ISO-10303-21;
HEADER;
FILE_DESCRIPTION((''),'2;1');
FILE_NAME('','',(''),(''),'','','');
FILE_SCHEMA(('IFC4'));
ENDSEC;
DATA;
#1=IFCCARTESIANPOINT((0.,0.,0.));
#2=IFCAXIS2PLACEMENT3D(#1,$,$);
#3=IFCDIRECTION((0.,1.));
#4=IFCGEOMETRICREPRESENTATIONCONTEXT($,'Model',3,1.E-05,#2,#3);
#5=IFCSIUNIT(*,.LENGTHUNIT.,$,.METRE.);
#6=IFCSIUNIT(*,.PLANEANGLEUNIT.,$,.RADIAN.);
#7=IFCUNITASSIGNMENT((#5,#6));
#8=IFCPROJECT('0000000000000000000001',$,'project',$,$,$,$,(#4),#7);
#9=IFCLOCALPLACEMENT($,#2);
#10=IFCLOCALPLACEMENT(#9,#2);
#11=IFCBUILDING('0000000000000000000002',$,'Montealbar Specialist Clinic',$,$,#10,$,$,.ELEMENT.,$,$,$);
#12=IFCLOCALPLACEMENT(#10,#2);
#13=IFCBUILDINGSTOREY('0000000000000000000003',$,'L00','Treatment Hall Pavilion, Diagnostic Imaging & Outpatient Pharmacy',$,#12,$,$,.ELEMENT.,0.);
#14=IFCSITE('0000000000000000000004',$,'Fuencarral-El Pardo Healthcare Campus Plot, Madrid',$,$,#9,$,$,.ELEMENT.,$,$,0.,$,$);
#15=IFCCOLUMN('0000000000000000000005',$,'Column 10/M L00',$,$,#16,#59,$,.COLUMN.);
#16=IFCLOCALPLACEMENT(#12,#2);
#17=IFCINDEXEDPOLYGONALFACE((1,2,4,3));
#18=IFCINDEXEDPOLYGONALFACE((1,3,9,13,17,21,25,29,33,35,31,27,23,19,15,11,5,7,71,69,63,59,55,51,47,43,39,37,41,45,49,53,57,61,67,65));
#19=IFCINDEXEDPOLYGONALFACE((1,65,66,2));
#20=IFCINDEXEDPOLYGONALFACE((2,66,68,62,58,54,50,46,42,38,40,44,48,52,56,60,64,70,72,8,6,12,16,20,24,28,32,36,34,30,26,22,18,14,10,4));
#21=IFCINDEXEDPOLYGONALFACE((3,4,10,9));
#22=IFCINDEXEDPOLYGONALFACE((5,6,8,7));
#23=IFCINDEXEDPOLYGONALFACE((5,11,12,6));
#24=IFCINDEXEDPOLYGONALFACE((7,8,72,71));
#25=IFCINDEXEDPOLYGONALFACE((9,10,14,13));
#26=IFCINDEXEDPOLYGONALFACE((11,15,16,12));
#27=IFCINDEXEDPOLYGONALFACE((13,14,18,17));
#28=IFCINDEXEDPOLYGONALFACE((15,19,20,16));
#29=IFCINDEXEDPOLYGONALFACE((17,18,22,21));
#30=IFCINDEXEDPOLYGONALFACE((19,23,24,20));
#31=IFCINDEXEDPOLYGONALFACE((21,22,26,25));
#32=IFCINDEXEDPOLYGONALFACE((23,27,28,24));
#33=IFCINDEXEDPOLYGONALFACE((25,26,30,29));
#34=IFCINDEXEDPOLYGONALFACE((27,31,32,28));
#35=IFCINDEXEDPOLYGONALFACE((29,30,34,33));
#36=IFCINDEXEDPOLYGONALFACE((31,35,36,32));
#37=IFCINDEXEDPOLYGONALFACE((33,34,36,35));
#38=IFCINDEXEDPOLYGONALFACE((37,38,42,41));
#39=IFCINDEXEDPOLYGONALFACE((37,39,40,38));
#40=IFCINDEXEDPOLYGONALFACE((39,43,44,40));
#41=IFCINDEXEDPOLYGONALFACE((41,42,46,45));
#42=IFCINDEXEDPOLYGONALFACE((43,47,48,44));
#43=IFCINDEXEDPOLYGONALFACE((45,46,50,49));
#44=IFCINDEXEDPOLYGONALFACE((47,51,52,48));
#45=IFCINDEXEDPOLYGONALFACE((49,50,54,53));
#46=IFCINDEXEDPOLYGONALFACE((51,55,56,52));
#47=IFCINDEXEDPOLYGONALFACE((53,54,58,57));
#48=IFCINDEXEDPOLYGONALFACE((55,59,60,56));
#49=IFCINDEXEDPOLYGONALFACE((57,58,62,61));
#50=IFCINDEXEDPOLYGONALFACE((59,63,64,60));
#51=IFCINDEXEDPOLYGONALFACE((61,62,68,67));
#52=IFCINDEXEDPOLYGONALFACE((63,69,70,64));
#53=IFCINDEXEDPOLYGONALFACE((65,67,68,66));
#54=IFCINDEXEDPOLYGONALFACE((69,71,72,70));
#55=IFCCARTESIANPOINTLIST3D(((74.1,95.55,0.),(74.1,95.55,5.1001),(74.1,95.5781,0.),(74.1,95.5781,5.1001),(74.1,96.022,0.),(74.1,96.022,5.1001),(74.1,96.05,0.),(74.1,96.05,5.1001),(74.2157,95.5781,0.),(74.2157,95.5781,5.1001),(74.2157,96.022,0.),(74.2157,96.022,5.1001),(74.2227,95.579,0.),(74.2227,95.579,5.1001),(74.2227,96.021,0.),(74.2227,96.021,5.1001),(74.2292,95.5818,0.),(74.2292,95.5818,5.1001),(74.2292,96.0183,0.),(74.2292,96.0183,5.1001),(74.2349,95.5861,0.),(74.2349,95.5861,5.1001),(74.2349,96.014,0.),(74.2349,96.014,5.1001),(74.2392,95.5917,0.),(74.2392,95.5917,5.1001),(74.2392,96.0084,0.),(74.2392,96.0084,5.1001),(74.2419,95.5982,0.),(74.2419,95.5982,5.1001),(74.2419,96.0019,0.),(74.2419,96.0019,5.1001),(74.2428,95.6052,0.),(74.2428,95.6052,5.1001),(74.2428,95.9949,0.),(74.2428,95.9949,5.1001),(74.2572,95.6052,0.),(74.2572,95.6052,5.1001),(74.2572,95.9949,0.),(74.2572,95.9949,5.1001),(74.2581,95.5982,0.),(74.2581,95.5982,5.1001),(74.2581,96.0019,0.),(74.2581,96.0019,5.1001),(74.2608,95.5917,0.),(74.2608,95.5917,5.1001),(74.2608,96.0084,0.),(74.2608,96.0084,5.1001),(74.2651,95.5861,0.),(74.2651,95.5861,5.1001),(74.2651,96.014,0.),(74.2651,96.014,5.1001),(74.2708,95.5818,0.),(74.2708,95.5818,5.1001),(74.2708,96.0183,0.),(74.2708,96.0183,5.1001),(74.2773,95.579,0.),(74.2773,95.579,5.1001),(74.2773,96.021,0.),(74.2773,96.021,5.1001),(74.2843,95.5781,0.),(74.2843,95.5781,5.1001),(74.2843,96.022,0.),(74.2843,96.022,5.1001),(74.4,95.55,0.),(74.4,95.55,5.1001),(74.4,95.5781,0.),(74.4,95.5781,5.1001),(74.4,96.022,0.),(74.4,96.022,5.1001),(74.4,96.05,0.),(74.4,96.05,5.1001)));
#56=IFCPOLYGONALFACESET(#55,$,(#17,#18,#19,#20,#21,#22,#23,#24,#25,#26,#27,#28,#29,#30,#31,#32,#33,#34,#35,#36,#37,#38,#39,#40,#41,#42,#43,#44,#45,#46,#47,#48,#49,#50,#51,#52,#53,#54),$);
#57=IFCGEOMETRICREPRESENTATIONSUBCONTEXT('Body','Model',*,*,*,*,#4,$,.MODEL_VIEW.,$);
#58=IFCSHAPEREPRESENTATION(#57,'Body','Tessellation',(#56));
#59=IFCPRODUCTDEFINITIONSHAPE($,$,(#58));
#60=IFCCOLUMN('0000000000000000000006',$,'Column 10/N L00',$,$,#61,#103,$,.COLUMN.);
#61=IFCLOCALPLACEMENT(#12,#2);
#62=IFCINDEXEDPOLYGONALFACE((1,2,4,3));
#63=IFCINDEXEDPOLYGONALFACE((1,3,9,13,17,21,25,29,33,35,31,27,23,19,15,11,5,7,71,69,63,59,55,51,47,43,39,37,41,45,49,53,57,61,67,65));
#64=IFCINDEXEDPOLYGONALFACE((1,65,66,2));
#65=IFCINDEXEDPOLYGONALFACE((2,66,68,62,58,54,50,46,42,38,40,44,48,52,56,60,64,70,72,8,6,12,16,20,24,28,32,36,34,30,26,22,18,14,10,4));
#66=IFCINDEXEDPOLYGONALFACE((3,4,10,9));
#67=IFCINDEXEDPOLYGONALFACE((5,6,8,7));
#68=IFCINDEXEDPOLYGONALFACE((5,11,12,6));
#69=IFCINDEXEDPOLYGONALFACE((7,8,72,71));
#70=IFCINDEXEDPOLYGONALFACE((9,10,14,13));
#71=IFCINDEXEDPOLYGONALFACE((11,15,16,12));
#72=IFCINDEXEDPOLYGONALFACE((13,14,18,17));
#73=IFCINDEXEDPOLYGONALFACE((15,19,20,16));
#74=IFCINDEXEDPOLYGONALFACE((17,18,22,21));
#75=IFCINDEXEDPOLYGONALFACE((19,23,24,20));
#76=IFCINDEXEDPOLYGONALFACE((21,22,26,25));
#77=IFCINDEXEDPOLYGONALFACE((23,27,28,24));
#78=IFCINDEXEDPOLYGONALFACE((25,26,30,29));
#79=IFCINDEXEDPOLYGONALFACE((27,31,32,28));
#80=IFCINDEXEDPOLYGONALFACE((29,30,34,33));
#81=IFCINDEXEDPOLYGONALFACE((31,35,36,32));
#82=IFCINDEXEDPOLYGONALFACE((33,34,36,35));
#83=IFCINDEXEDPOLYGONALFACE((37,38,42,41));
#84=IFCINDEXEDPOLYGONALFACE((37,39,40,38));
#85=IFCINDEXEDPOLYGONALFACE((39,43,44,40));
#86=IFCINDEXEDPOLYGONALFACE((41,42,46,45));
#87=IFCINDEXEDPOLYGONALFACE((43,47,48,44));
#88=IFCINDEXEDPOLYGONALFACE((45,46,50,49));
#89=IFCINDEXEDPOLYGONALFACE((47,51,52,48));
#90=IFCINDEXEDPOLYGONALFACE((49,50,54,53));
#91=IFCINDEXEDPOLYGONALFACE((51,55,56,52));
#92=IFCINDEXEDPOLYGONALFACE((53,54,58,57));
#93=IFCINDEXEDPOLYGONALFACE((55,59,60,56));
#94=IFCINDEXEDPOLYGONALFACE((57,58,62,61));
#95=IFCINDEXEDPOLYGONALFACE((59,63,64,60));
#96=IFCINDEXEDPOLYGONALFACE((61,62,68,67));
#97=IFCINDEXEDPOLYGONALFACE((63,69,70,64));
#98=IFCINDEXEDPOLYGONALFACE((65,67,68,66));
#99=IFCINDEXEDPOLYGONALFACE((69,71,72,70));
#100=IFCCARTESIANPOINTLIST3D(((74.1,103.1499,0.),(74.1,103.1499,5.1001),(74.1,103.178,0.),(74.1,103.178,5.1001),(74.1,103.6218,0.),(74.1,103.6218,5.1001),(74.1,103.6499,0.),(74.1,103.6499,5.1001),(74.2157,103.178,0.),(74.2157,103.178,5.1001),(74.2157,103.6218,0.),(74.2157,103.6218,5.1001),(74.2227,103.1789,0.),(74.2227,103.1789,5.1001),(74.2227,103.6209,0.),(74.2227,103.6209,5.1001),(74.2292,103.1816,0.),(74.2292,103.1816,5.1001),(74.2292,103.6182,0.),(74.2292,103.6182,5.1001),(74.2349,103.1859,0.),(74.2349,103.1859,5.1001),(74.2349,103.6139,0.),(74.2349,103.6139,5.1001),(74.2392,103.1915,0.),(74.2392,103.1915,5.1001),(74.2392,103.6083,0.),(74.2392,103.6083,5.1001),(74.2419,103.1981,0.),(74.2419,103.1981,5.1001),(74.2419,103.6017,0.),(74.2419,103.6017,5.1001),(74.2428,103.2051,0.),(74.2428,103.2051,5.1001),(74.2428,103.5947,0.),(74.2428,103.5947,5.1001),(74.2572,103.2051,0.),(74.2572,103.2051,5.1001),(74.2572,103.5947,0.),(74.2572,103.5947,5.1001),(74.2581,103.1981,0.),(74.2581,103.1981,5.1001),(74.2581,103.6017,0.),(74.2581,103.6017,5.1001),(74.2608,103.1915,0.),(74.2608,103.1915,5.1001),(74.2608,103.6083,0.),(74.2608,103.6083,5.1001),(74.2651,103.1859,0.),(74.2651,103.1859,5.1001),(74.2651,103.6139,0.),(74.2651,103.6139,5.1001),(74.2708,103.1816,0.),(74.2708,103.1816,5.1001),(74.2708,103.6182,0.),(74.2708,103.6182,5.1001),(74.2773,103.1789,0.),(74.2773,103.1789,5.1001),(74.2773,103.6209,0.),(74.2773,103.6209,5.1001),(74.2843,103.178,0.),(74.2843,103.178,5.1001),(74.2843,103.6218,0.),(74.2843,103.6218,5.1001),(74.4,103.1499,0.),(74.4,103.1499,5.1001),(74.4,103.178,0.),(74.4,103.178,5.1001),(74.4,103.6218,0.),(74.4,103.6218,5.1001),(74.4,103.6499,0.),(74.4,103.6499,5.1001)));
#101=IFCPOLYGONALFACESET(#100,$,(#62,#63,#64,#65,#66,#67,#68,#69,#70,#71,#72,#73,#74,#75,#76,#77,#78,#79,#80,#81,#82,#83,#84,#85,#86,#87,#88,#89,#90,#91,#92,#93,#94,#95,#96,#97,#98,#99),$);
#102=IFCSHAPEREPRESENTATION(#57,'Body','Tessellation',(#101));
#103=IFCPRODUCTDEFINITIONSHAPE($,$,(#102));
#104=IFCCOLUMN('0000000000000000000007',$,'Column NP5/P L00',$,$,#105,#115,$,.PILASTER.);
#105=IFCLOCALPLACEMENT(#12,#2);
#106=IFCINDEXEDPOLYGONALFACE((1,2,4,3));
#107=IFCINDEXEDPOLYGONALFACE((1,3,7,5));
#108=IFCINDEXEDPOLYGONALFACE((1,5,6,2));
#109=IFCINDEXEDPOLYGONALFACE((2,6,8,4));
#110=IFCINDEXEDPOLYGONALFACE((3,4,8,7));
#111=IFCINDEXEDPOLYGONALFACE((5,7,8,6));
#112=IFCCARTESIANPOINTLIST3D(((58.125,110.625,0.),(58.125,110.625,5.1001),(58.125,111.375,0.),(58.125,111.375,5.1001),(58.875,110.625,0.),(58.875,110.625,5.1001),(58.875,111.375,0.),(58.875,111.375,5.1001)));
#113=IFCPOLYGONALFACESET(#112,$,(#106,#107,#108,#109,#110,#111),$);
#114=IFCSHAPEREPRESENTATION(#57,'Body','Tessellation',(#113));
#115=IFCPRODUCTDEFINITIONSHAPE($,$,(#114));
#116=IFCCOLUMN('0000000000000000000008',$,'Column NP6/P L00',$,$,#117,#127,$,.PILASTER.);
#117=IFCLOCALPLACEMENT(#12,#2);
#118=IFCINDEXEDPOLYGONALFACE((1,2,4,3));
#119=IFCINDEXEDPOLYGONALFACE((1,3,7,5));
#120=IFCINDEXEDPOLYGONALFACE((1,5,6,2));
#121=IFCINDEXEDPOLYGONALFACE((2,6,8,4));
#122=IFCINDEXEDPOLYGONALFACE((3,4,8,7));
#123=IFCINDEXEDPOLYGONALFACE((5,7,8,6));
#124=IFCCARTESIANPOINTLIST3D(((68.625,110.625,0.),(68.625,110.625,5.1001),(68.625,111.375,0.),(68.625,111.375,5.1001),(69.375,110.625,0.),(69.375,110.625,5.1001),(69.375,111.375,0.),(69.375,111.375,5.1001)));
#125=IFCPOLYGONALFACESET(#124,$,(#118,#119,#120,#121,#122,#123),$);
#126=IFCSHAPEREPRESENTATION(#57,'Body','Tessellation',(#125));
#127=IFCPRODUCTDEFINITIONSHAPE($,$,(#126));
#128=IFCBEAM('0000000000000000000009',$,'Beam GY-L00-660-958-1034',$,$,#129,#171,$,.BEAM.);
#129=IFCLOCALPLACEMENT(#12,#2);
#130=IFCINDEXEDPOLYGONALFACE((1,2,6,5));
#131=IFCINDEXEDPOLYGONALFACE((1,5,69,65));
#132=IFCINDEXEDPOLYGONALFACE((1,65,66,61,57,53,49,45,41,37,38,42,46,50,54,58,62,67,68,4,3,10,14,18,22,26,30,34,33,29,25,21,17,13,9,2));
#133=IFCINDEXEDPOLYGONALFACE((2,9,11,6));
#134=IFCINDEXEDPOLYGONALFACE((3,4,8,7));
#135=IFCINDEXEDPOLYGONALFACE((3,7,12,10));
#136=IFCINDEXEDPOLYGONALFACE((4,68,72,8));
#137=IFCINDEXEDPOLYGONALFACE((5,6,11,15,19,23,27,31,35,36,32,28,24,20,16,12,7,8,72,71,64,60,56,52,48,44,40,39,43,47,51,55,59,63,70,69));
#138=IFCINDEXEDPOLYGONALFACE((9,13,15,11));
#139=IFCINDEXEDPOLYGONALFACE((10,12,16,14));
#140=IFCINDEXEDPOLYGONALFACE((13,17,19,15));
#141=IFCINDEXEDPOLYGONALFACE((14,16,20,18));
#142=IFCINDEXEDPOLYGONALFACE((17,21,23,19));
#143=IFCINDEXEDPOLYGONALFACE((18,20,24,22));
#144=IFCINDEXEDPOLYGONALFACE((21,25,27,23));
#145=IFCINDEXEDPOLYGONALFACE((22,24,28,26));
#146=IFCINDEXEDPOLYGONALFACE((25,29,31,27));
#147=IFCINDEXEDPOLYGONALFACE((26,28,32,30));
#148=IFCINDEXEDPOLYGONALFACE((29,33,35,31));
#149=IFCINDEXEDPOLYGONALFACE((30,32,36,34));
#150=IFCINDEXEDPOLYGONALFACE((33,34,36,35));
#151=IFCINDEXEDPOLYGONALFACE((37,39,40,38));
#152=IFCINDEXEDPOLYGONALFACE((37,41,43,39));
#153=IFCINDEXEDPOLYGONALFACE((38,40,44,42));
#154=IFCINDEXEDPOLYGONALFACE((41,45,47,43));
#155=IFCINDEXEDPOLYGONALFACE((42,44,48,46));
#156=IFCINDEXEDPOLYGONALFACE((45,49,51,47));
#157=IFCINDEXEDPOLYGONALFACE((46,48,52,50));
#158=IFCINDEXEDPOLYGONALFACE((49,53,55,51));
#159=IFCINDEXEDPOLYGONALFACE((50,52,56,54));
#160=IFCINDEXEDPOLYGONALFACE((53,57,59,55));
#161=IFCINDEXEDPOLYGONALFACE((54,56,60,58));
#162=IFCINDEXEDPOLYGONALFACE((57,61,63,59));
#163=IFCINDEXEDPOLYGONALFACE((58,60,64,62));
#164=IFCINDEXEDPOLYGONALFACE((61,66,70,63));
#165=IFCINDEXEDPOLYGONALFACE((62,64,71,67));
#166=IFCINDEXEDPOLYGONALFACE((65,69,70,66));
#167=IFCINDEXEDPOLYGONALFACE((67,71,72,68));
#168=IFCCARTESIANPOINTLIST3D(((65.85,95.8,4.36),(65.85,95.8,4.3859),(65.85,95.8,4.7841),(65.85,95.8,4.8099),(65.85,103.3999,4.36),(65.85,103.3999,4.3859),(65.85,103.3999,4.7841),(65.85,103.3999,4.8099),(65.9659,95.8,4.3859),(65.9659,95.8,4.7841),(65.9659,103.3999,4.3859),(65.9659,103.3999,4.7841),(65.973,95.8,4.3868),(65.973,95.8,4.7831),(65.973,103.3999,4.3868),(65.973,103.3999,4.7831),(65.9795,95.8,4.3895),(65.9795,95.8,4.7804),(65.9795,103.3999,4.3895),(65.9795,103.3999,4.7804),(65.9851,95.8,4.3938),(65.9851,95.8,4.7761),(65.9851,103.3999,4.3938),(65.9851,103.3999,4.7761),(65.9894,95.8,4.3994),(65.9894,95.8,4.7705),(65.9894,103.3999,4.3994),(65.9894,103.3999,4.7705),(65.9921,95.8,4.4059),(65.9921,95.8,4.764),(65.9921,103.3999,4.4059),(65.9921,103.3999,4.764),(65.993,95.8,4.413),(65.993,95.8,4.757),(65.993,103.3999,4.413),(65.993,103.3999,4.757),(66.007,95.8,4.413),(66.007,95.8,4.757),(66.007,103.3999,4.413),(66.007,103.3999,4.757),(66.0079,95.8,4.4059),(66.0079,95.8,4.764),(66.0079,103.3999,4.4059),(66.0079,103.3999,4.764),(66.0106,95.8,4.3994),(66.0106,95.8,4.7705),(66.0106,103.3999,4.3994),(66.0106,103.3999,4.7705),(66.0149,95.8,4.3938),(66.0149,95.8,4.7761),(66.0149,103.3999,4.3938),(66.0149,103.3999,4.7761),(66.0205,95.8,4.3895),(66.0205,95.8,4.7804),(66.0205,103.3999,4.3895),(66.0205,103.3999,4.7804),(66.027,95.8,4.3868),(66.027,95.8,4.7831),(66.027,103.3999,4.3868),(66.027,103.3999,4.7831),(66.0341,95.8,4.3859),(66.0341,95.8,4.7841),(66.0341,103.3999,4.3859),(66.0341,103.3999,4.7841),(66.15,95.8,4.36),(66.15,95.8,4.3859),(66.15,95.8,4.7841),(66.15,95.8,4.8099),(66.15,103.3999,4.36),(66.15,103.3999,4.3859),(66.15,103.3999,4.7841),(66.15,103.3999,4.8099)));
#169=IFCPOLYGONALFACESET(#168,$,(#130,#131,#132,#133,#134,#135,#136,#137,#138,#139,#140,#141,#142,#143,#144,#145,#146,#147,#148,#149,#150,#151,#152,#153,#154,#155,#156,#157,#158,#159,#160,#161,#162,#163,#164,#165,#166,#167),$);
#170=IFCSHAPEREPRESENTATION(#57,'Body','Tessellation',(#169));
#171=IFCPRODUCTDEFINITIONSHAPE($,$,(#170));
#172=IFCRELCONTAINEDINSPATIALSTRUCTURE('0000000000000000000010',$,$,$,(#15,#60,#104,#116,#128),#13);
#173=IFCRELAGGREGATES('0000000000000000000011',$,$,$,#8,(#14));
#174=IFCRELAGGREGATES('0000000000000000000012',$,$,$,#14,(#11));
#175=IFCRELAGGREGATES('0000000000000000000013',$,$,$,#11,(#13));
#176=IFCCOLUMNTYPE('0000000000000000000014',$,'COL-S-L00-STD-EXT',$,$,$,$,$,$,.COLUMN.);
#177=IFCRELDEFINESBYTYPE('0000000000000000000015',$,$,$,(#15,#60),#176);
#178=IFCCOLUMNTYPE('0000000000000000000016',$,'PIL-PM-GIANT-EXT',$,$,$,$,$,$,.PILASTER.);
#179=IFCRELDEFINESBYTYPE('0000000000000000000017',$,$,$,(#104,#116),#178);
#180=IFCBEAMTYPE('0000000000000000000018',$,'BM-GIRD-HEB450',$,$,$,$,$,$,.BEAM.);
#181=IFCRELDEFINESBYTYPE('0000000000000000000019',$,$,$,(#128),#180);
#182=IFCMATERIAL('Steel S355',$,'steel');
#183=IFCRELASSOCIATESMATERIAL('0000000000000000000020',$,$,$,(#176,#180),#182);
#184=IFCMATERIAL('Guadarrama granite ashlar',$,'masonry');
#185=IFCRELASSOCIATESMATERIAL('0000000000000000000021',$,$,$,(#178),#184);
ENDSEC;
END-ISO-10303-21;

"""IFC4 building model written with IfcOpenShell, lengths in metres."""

from ifc_helpers import new_model, si_unit, direction, frame, origin, origin_2d, place, context, subcontext, project, spatial, rectangle, i_section, extrude, material, material_profile, profile_set, type_object, element, save


model = new_model("IFC4")

# Units and contexts
model_context = context("Model", 3, precision=1e-05, world=origin(), true_north=direction((0.0, 1.0)))
body_context = subcontext(model_context, "Body", "Model", "MODEL_VIEW")
ifc_project = project(units=[si_unit("LENGTHUNIT", "METRE"), si_unit("PLANEANGLEUNIT", "RADIAN")], contexts=[model_context])

# Site, building, storey
site_placement = place(None, origin())
site = spatial("IfcSite", under=ifc_project, at=site_placement, Name="Fuencarral-El Pardo Healthcare Campus Plot, Madrid", CompositionType="ELEMENT", RefElevation=0.0)
building_placement = place(site_placement, origin())
building = spatial("IfcBuilding", under=site, at=building_placement, Name="Montealbar Specialist Clinic", CompositionType="ELEMENT")
storey_placement = place(building_placement, origin())
storey = spatial("IfcBuildingStorey", under=building, at=storey_placement, Name="L00", Description="Treatment Hall Pavilion, Diagnostic Imaging & Outpatient Pharmacy", CompositionType="ELEMENT", Elevation=0.0)

# Columns
ifc_material_1 = material(Name="Steel S355", Category="steel")
ifc_material_profile_1 = material_profile(ifc_material_1, i_section(OverallWidth=0.3, OverallDepth=0.5, WebThickness=0.0144, FlangeThickness=0.0281, FilletRadius=0.0271, at=origin_2d()), Name="HEB 500", Category="steel")
ifc_profile_set_1 = profile_set([ifc_material_profile_1], Name="Steel S355")
column_type_1 = type_object("IfcColumnType", Name="COL-S-L00-STD-EXT", PredefinedType="COLUMN", material=ifc_profile_set_1)
for number, where, z_axis, x_axis, name in (
    (1, (74.25, 95.8, 0.0), (0.0, 0.0, 1.0), (1.0, 0.0, 0.0), "Column 10/M L00"),
    (2, (74.25, 103.3999, 0.0), (0.0, 0.0, 1.0), (1.0, 0.0, 0.0), "Column 10/N L00"),
):
    element("IfcColumn", number, at=place(storey_placement, frame(where, z_axis=z_axis, x_axis=x_axis)), inside=storey, type_object=column_type_1, Name=name, PredefinedType="COLUMN", context=body_context, shape_type="SweptSolid", body=[
        extrude(i_section(OverallWidth=0.3, OverallDepth=0.5, WebThickness=0.0144, FlangeThickness=0.0281, FilletRadius=0.0271, at=origin_2d()), origin(), (0.0, 0.0, 1.0), 5.1001),
    ])
ifc_material_2 = material(Name="Guadarrama granite ashlar", Category="masonry")
ifc_material_profile_2 = material_profile(ifc_material_2, rectangle(XDim=0.75, YDim=0.75, at=origin_2d()), Name="GRANITE PILASTER 750x750", Category="masonry")
ifc_profile_set_2 = profile_set([ifc_material_profile_2], Name="Guadarrama granite ashlar")
column_type_2 = type_object("IfcColumnType", Name="PIL-PM-GIANT-EXT", PredefinedType="PILASTER", material=ifc_profile_set_2)
for number, where, z_axis, x_axis, name in (
    (3, (58.5, 111.0, 0.0), (0.0, 0.0, 1.0), (1.0, 0.0, 0.0), "Column NP5/P L00"),
    (4, (69.0, 111.0, 0.0), (0.0, 0.0, 1.0), (1.0, 0.0, 0.0), "Column NP6/P L00"),
):
    element("IfcColumn", number, at=place(storey_placement, frame(where, z_axis=z_axis, x_axis=x_axis)), inside=storey, type_object=column_type_2, Name=name, PredefinedType="PILASTER", context=body_context, shape_type="SweptSolid", body=[
        extrude(rectangle(XDim=0.75, YDim=0.75, at=origin_2d()), origin(), (0.0, 0.0, 1.0), 5.1001),
    ])

# Beam
ifc_material_profile_3 = material_profile(ifc_material_1, i_section(OverallWidth=0.3, OverallDepth=0.45, WebThickness=0.0139, FlangeThickness=0.0259, FilletRadius=0.0271, at=origin_2d()), Name="HEB 450", Category="steel")
ifc_profile_set_3 = profile_set([ifc_material_profile_3], Name="Steel S355")
beam_type_1 = type_object("IfcBeamType", Name="BM-GIRD-HEB450", PredefinedType="BEAM", material=ifc_profile_set_3)
for number, where, z_axis, x_axis, name in (
    (5, (66.0, 95.8, 4.585), (0.0, 1.0, 0.0), (-1.0, 0.0, 0.0), "Beam GY-L00-660-958-1034"),
):
    element("IfcBeam", number, at=place(storey_placement, frame(where, z_axis=z_axis, x_axis=x_axis)), inside=storey, type_object=beam_type_1, Name=name, PredefinedType="BEAM", context=body_context, shape_type="SweptSolid", body=[
        extrude(i_section(OverallWidth=0.3, OverallDepth=0.45, WebThickness=0.0139, FlangeThickness=0.0259, FilletRadius=0.0271, at=origin_2d()), origin(), (0.0, 0.0, 1.0), 7.5999),
    ])

save(model, "model.ifc")
